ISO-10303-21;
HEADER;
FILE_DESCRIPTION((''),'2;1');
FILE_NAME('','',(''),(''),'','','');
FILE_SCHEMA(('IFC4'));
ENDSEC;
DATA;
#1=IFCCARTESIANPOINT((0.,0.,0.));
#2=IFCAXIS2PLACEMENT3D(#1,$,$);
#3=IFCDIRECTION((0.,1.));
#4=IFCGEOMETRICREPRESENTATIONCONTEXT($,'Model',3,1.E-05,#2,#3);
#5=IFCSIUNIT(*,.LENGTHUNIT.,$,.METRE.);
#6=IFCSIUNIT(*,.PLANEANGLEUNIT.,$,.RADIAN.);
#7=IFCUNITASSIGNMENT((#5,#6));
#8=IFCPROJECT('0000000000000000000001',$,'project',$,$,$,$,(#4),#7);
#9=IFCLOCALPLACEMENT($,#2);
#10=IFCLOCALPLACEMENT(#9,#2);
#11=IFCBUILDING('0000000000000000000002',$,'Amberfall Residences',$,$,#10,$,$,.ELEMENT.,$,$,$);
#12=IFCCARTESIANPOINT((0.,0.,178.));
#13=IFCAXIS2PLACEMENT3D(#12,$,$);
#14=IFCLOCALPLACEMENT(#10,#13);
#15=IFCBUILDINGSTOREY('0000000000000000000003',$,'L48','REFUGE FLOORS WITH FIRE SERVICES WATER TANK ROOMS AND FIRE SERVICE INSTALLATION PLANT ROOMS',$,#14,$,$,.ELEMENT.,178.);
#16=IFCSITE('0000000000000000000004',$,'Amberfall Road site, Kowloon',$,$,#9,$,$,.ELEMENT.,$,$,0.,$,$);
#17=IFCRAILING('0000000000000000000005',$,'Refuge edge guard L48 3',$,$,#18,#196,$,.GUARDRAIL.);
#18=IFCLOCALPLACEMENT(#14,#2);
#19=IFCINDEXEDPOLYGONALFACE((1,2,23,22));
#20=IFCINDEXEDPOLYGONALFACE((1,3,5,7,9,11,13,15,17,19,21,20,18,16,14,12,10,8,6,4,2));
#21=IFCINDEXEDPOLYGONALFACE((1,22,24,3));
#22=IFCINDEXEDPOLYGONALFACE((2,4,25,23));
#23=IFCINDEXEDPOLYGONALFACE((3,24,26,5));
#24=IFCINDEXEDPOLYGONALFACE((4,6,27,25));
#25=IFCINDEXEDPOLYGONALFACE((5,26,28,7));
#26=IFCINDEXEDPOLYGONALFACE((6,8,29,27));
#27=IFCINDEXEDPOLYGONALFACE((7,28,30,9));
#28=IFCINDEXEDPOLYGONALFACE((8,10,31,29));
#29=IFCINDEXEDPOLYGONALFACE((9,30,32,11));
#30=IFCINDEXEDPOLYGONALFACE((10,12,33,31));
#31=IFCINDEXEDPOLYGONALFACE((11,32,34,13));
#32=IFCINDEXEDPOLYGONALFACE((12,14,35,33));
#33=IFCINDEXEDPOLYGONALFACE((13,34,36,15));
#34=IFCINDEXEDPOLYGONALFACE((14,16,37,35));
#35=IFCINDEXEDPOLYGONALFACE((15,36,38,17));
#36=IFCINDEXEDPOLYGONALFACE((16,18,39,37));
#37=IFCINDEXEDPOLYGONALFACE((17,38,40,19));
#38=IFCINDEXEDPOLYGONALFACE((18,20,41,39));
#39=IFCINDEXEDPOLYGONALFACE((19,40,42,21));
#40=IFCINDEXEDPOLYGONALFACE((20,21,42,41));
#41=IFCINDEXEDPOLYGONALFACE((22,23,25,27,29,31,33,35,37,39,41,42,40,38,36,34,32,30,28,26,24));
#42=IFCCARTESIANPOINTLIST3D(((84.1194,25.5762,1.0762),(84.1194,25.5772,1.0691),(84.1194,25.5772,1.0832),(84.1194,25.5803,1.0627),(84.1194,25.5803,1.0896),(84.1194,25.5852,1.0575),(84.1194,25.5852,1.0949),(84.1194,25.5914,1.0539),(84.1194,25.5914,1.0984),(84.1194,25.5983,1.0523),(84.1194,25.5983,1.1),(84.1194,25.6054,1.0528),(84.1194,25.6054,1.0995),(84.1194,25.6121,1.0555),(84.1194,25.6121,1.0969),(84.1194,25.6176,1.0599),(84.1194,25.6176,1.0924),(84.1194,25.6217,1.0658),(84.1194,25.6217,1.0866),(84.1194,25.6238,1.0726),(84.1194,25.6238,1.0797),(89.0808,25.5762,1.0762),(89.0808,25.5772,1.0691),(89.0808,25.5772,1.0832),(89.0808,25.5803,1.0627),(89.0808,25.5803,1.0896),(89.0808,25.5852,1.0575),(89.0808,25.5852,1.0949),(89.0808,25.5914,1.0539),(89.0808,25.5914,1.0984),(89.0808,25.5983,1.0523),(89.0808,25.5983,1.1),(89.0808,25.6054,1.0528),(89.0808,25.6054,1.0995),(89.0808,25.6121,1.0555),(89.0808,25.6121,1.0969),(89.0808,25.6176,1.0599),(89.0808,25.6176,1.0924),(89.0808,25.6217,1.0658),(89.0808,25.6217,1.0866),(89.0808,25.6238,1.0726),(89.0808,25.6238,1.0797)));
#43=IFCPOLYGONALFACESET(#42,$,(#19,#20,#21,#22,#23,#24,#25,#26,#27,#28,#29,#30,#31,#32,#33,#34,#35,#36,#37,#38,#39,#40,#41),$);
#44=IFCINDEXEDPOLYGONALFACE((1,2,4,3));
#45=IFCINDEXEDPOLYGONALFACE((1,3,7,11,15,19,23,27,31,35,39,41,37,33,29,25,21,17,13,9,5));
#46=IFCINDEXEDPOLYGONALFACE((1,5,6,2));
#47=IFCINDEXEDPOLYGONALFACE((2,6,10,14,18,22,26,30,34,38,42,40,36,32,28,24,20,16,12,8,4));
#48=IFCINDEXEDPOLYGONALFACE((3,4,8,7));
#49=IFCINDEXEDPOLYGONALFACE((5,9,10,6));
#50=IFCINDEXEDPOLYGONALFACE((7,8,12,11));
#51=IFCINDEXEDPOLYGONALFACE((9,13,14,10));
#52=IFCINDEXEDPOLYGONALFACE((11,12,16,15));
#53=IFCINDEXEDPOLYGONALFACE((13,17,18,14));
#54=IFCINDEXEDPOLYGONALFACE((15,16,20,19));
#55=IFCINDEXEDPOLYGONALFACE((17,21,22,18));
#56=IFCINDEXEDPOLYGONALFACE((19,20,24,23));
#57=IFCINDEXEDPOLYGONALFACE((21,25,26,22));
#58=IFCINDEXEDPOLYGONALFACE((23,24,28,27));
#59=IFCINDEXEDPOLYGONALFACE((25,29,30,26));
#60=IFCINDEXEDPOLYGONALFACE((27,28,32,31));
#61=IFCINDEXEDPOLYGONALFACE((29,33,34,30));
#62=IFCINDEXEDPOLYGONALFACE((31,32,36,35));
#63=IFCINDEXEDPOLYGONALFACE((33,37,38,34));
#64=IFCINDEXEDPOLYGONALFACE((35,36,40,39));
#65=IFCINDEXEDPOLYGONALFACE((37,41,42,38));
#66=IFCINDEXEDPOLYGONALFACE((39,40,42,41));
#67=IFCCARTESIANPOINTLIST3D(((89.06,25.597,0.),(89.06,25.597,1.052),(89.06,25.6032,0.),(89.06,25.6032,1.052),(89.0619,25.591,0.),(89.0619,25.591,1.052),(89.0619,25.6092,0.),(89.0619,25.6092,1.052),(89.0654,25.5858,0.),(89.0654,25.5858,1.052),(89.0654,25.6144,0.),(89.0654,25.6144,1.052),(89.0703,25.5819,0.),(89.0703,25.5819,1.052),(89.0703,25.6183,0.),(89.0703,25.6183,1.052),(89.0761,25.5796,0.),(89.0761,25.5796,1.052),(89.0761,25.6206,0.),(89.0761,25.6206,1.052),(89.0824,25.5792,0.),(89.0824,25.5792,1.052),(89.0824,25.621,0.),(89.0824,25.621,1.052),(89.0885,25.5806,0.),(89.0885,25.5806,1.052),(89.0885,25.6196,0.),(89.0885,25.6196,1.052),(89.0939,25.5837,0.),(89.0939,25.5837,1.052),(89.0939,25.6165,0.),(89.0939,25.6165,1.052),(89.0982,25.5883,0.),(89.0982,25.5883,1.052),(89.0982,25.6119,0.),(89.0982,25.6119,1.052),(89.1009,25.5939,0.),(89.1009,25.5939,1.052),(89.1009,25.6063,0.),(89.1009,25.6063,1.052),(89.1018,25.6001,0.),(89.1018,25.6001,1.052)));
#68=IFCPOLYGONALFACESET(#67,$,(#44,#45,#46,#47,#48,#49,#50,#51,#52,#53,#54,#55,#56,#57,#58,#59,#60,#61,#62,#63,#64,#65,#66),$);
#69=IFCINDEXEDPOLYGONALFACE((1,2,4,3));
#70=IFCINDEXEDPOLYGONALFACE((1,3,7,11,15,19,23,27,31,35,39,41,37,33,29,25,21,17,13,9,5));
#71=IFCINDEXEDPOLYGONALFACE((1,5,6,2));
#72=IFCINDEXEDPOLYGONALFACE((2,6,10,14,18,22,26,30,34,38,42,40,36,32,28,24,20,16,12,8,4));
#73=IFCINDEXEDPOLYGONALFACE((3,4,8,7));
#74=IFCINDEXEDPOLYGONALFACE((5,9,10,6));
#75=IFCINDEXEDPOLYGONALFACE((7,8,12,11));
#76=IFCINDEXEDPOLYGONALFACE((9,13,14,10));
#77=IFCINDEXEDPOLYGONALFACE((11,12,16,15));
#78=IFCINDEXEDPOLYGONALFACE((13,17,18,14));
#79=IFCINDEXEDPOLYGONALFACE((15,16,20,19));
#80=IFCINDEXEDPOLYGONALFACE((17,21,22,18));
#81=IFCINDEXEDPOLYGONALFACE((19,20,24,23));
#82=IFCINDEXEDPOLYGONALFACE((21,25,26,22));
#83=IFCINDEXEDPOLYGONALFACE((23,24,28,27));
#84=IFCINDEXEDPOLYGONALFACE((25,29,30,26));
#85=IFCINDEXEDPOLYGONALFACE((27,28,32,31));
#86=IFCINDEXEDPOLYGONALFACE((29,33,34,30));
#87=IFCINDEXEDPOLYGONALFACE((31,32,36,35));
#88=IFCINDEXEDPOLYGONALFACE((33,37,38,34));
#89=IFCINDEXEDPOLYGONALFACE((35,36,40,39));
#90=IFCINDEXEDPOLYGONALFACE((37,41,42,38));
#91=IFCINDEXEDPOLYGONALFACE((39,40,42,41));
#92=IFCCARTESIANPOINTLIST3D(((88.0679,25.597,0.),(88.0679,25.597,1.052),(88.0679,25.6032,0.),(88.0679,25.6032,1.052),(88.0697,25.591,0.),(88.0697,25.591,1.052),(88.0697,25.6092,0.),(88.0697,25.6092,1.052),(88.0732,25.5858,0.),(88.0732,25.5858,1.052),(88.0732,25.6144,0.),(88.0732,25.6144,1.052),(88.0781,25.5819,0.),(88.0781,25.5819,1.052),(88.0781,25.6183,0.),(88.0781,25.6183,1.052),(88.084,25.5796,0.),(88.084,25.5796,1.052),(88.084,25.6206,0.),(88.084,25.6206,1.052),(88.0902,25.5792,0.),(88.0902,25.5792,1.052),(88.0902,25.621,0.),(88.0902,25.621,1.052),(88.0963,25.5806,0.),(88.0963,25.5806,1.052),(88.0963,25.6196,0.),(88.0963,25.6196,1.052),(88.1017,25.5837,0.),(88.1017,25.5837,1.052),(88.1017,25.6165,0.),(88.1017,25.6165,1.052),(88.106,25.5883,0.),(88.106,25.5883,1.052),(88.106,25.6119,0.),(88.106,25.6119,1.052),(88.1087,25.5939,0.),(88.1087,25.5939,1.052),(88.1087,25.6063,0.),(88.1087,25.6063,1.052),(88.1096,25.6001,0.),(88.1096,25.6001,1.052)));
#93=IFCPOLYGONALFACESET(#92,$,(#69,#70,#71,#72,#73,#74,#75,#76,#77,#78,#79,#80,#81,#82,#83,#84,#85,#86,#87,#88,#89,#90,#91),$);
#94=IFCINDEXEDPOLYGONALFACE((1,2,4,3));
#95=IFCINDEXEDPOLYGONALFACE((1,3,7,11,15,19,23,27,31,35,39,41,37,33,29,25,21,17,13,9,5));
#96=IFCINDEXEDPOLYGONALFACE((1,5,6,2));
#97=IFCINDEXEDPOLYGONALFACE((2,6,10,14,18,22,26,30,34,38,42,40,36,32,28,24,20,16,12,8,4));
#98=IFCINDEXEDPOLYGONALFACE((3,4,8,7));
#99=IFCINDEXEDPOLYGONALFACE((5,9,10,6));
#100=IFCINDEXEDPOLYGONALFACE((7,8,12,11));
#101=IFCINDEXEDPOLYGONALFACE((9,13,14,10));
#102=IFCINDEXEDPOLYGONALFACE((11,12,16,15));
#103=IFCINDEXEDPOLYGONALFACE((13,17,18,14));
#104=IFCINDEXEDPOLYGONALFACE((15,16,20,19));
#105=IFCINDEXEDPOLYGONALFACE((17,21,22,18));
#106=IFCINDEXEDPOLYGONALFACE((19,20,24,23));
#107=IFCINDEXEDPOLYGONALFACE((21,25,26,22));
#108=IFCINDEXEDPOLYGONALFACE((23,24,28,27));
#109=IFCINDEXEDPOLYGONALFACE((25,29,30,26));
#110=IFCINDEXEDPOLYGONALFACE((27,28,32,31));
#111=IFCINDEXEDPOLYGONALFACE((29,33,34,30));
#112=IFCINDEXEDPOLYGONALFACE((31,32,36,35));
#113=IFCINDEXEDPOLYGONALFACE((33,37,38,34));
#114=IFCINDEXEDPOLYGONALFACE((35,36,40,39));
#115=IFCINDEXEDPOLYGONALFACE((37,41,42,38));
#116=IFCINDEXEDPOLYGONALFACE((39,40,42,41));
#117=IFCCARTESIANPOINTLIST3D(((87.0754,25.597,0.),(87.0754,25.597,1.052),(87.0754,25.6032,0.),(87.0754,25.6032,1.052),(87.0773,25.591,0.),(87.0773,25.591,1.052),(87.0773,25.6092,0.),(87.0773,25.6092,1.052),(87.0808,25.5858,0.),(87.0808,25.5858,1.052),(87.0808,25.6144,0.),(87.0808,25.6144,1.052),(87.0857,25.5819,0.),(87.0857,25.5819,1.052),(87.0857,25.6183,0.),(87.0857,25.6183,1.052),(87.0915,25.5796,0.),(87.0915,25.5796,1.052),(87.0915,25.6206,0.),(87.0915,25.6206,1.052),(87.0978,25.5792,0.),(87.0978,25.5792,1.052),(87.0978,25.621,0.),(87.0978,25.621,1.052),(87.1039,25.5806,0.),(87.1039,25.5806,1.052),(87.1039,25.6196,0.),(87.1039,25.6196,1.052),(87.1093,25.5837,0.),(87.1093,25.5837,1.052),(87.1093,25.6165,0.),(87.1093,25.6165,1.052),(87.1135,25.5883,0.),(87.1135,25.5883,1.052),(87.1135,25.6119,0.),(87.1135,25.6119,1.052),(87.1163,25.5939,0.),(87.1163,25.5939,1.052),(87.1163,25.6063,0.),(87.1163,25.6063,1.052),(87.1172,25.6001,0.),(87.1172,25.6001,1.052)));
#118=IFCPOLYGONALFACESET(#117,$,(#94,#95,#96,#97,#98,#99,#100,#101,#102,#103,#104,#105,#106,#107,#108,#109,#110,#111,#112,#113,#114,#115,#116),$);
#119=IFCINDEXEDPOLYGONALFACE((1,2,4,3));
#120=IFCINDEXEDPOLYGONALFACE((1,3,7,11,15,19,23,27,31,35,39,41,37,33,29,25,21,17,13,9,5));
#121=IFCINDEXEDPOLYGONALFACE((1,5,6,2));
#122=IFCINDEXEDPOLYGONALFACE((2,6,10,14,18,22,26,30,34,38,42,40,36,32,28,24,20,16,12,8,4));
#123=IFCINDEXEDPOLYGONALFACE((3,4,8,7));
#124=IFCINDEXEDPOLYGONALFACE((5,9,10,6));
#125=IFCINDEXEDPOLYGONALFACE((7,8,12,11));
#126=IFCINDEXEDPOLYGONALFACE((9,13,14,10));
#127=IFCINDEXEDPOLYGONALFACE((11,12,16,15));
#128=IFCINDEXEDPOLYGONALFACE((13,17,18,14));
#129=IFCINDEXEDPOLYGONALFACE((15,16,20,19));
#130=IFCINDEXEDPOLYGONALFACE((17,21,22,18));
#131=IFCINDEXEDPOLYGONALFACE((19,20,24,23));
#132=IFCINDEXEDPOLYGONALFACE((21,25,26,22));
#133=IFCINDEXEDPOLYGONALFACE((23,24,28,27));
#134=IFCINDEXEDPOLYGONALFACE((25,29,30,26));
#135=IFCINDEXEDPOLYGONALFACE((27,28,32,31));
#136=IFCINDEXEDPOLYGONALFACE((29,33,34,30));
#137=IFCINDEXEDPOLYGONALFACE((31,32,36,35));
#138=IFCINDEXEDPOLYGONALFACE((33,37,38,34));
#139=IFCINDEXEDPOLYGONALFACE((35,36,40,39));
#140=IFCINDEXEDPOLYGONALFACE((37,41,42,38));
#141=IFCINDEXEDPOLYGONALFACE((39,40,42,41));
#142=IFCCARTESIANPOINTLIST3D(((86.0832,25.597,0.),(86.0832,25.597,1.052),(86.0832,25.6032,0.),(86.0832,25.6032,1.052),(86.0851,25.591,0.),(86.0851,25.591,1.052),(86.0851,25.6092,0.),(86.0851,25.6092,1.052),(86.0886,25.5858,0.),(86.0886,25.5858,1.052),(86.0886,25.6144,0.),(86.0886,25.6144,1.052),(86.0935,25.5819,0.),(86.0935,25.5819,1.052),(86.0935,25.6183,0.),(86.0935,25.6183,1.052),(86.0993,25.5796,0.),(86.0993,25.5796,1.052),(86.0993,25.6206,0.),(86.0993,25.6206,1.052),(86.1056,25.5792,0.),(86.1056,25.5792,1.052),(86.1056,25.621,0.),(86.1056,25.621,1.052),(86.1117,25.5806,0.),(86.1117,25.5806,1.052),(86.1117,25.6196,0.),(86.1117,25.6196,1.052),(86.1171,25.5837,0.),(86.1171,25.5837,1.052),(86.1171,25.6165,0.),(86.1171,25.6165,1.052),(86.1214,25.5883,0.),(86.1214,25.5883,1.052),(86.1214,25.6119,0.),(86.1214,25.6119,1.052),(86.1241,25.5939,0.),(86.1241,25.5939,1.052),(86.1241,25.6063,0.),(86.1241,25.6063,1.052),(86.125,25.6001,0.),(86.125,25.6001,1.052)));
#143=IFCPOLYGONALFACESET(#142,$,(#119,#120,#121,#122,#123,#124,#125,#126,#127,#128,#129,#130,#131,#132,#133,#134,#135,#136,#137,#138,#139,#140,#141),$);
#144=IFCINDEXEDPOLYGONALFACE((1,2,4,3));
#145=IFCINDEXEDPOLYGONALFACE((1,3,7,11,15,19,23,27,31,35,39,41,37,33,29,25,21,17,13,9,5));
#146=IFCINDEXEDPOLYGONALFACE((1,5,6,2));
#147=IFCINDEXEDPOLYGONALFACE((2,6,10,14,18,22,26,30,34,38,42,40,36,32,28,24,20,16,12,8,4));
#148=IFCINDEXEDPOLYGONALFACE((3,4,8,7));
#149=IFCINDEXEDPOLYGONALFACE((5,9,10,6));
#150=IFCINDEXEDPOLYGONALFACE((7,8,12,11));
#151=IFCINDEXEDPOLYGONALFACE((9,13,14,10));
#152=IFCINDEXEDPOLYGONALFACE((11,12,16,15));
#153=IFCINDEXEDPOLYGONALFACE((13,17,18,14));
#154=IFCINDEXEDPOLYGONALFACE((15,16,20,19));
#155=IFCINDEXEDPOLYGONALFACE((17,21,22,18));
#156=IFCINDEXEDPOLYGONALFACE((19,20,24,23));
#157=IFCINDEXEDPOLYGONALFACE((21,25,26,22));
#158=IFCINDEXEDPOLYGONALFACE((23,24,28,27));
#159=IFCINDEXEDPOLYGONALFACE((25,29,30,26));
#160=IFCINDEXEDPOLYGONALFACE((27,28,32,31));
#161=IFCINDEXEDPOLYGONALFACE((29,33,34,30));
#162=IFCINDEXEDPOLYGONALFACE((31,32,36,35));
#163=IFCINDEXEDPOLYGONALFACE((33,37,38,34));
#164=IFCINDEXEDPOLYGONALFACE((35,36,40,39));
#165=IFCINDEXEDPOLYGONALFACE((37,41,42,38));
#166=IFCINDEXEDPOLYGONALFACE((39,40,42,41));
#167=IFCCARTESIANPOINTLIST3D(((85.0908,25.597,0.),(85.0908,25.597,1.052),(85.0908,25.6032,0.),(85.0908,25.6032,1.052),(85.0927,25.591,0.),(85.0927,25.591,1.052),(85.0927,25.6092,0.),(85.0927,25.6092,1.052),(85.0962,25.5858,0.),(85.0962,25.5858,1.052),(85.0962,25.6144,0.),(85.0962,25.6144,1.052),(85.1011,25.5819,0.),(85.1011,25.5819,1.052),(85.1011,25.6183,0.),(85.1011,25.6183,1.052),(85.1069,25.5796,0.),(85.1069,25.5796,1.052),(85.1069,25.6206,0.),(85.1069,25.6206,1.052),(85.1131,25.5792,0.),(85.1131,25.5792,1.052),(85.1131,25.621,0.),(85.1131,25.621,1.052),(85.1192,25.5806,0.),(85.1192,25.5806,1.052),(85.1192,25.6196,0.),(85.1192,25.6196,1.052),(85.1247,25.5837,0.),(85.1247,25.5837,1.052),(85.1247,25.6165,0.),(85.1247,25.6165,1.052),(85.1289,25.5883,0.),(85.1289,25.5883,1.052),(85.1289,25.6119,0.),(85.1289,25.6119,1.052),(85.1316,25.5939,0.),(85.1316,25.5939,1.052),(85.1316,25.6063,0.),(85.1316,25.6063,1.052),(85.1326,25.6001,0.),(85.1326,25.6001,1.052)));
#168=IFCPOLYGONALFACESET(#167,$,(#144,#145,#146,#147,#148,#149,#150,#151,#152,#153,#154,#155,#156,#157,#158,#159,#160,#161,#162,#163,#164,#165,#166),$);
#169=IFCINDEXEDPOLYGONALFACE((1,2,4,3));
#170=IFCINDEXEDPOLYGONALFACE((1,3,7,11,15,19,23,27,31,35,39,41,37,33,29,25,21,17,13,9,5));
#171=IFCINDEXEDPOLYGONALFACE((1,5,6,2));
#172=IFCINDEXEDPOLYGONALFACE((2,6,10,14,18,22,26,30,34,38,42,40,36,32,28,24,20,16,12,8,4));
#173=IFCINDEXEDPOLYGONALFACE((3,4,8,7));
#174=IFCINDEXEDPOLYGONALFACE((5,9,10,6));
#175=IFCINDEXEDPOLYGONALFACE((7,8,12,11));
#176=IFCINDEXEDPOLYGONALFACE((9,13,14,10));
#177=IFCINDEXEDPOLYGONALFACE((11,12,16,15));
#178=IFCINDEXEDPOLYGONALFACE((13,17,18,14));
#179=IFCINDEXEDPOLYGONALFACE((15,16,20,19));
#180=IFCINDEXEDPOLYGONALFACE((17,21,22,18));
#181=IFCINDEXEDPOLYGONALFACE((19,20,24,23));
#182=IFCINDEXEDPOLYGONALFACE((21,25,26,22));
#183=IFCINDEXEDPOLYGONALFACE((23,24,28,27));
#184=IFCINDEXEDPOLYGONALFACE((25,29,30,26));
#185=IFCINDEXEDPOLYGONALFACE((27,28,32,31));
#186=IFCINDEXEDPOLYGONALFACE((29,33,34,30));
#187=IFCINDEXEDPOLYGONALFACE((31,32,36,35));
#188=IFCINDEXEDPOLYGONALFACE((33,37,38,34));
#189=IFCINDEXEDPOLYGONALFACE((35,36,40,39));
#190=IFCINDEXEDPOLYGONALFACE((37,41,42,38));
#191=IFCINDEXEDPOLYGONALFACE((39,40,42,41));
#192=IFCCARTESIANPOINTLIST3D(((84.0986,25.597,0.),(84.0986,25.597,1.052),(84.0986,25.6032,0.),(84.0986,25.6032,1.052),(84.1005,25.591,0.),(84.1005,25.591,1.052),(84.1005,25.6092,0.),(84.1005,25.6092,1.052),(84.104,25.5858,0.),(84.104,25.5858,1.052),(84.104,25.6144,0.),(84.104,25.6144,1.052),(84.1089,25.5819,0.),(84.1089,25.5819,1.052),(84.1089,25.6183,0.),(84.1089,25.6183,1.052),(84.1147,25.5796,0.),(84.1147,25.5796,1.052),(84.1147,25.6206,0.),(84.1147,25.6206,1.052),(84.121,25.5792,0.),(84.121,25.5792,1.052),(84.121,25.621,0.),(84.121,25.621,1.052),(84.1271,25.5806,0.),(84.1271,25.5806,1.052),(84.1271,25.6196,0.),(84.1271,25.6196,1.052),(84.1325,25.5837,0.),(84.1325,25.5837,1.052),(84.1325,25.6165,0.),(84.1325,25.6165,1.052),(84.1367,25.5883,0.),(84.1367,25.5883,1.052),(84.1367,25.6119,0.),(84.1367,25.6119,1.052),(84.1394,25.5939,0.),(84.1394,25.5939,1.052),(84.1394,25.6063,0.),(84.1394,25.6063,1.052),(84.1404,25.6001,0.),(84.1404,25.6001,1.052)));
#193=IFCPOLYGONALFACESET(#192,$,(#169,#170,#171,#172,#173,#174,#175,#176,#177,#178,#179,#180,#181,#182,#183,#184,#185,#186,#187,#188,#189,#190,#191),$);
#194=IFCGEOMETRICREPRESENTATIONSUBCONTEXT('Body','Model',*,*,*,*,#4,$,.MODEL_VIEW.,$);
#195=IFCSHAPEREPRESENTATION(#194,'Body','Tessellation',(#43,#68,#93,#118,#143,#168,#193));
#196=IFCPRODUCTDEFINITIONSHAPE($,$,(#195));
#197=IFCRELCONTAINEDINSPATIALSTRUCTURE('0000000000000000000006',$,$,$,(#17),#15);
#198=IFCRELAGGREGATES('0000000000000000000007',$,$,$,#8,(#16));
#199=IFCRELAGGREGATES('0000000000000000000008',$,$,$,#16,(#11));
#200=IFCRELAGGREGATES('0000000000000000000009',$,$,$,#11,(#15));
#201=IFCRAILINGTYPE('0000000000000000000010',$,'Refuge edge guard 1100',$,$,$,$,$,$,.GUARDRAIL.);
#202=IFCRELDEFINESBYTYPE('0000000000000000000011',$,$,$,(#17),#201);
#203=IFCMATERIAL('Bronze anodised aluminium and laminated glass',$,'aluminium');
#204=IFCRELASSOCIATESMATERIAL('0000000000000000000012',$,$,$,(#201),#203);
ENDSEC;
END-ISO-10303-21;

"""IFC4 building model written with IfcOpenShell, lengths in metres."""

from ifc_helpers import new_model, si_unit, direction, frame, origin, origin_2d, place, context, subcontext, project, spatial, circle, extrude, material, type_object, element, save


model = new_model("IFC4")

# Units and contexts
model_context = context("Model", 3, precision=1e-05, world=origin(), true_north=direction((0.0, 1.0)))
body_context = subcontext(model_context, "Body", "Model", "MODEL_VIEW")
ifc_project = project(units=[si_unit("LENGTHUNIT", "METRE"), si_unit("PLANEANGLEUNIT", "RADIAN")], contexts=[model_context])

# Site, building, storey
site_placement = place(None, origin())
site = spatial("IfcSite", under=ifc_project, at=site_placement, Name="Amberfall Road site, Kowloon", CompositionType="ELEMENT", RefElevation=0.0)
building_placement = place(site_placement, origin())
building = spatial("IfcBuilding", under=site, at=building_placement, Name="Amberfall Residences", CompositionType="ELEMENT")
storey_placement = place(building_placement, frame((0.0, 0.0, 178.0)))
storey = spatial("IfcBuildingStorey", under=building, at=storey_placement, Name="L48", Description="REFUGE FLOORS WITH FIRE SERVICES WATER TANK ROOMS AND FIRE SERVICE INSTALLATION PLANT ROOMS", CompositionType="ELEMENT", Elevation=178.0)

# Railing
ifc_material_1 = material(Name="Bronze anodised aluminium and laminated glass", Category="aluminium")
railing_type = type_object("IfcRailingType", Name="Refuge edge guard 1100", PredefinedType="GUARDRAIL", material=ifc_material_1)
railing_1_placement = place(storey_placement, frame((89.0808, 25.6001, 0.0)))
element("IfcRailing", 1, at=railing_1_placement, inside=storey, type_object=railing_type, Name="Refuge edge guard L48 3", PredefinedType="GUARDRAIL", context=body_context, shape_type="SweptSolid", body=[
    extrude(circle(Radius=0.0239, at=origin_2d()), frame((0.0, 0.0, 1.0762), z_axis=(-1.0, 0.0, 0.0), x_axis=(0.0, -1.0, 0.0)), (0.0, 0.0, 1.0), 4.9614),
    extrude(circle(Radius=0.021, at=origin_2d()), origin(), (0.0, 0.0, 1.0), 1.052),
    extrude(circle(Radius=0.021, at=origin_2d()), frame((-0.9922, 0.0, 0.0)), (0.0, 0.0, 1.0), 1.052),
    extrude(circle(Radius=0.021, at=origin_2d()), frame((-1.9846, 0.0, 0.0)), (0.0, 0.0, 1.0), 1.052),
    extrude(circle(Radius=0.021, at=origin_2d()), frame((-2.9768, 0.0, 0.0)), (0.0, 0.0, 1.0), 1.052),
    extrude(circle(Radius=0.021, at=origin_2d()), frame((-3.9692, 0.0, 0.0)), (0.0, 0.0, 1.0), 1.052),
    extrude(circle(Radius=0.021, at=origin_2d()), frame((-4.9614, 0.0, 0.0)), (0.0, 0.0, 1.0), 1.052),
])

save(model, "model.ifc")
